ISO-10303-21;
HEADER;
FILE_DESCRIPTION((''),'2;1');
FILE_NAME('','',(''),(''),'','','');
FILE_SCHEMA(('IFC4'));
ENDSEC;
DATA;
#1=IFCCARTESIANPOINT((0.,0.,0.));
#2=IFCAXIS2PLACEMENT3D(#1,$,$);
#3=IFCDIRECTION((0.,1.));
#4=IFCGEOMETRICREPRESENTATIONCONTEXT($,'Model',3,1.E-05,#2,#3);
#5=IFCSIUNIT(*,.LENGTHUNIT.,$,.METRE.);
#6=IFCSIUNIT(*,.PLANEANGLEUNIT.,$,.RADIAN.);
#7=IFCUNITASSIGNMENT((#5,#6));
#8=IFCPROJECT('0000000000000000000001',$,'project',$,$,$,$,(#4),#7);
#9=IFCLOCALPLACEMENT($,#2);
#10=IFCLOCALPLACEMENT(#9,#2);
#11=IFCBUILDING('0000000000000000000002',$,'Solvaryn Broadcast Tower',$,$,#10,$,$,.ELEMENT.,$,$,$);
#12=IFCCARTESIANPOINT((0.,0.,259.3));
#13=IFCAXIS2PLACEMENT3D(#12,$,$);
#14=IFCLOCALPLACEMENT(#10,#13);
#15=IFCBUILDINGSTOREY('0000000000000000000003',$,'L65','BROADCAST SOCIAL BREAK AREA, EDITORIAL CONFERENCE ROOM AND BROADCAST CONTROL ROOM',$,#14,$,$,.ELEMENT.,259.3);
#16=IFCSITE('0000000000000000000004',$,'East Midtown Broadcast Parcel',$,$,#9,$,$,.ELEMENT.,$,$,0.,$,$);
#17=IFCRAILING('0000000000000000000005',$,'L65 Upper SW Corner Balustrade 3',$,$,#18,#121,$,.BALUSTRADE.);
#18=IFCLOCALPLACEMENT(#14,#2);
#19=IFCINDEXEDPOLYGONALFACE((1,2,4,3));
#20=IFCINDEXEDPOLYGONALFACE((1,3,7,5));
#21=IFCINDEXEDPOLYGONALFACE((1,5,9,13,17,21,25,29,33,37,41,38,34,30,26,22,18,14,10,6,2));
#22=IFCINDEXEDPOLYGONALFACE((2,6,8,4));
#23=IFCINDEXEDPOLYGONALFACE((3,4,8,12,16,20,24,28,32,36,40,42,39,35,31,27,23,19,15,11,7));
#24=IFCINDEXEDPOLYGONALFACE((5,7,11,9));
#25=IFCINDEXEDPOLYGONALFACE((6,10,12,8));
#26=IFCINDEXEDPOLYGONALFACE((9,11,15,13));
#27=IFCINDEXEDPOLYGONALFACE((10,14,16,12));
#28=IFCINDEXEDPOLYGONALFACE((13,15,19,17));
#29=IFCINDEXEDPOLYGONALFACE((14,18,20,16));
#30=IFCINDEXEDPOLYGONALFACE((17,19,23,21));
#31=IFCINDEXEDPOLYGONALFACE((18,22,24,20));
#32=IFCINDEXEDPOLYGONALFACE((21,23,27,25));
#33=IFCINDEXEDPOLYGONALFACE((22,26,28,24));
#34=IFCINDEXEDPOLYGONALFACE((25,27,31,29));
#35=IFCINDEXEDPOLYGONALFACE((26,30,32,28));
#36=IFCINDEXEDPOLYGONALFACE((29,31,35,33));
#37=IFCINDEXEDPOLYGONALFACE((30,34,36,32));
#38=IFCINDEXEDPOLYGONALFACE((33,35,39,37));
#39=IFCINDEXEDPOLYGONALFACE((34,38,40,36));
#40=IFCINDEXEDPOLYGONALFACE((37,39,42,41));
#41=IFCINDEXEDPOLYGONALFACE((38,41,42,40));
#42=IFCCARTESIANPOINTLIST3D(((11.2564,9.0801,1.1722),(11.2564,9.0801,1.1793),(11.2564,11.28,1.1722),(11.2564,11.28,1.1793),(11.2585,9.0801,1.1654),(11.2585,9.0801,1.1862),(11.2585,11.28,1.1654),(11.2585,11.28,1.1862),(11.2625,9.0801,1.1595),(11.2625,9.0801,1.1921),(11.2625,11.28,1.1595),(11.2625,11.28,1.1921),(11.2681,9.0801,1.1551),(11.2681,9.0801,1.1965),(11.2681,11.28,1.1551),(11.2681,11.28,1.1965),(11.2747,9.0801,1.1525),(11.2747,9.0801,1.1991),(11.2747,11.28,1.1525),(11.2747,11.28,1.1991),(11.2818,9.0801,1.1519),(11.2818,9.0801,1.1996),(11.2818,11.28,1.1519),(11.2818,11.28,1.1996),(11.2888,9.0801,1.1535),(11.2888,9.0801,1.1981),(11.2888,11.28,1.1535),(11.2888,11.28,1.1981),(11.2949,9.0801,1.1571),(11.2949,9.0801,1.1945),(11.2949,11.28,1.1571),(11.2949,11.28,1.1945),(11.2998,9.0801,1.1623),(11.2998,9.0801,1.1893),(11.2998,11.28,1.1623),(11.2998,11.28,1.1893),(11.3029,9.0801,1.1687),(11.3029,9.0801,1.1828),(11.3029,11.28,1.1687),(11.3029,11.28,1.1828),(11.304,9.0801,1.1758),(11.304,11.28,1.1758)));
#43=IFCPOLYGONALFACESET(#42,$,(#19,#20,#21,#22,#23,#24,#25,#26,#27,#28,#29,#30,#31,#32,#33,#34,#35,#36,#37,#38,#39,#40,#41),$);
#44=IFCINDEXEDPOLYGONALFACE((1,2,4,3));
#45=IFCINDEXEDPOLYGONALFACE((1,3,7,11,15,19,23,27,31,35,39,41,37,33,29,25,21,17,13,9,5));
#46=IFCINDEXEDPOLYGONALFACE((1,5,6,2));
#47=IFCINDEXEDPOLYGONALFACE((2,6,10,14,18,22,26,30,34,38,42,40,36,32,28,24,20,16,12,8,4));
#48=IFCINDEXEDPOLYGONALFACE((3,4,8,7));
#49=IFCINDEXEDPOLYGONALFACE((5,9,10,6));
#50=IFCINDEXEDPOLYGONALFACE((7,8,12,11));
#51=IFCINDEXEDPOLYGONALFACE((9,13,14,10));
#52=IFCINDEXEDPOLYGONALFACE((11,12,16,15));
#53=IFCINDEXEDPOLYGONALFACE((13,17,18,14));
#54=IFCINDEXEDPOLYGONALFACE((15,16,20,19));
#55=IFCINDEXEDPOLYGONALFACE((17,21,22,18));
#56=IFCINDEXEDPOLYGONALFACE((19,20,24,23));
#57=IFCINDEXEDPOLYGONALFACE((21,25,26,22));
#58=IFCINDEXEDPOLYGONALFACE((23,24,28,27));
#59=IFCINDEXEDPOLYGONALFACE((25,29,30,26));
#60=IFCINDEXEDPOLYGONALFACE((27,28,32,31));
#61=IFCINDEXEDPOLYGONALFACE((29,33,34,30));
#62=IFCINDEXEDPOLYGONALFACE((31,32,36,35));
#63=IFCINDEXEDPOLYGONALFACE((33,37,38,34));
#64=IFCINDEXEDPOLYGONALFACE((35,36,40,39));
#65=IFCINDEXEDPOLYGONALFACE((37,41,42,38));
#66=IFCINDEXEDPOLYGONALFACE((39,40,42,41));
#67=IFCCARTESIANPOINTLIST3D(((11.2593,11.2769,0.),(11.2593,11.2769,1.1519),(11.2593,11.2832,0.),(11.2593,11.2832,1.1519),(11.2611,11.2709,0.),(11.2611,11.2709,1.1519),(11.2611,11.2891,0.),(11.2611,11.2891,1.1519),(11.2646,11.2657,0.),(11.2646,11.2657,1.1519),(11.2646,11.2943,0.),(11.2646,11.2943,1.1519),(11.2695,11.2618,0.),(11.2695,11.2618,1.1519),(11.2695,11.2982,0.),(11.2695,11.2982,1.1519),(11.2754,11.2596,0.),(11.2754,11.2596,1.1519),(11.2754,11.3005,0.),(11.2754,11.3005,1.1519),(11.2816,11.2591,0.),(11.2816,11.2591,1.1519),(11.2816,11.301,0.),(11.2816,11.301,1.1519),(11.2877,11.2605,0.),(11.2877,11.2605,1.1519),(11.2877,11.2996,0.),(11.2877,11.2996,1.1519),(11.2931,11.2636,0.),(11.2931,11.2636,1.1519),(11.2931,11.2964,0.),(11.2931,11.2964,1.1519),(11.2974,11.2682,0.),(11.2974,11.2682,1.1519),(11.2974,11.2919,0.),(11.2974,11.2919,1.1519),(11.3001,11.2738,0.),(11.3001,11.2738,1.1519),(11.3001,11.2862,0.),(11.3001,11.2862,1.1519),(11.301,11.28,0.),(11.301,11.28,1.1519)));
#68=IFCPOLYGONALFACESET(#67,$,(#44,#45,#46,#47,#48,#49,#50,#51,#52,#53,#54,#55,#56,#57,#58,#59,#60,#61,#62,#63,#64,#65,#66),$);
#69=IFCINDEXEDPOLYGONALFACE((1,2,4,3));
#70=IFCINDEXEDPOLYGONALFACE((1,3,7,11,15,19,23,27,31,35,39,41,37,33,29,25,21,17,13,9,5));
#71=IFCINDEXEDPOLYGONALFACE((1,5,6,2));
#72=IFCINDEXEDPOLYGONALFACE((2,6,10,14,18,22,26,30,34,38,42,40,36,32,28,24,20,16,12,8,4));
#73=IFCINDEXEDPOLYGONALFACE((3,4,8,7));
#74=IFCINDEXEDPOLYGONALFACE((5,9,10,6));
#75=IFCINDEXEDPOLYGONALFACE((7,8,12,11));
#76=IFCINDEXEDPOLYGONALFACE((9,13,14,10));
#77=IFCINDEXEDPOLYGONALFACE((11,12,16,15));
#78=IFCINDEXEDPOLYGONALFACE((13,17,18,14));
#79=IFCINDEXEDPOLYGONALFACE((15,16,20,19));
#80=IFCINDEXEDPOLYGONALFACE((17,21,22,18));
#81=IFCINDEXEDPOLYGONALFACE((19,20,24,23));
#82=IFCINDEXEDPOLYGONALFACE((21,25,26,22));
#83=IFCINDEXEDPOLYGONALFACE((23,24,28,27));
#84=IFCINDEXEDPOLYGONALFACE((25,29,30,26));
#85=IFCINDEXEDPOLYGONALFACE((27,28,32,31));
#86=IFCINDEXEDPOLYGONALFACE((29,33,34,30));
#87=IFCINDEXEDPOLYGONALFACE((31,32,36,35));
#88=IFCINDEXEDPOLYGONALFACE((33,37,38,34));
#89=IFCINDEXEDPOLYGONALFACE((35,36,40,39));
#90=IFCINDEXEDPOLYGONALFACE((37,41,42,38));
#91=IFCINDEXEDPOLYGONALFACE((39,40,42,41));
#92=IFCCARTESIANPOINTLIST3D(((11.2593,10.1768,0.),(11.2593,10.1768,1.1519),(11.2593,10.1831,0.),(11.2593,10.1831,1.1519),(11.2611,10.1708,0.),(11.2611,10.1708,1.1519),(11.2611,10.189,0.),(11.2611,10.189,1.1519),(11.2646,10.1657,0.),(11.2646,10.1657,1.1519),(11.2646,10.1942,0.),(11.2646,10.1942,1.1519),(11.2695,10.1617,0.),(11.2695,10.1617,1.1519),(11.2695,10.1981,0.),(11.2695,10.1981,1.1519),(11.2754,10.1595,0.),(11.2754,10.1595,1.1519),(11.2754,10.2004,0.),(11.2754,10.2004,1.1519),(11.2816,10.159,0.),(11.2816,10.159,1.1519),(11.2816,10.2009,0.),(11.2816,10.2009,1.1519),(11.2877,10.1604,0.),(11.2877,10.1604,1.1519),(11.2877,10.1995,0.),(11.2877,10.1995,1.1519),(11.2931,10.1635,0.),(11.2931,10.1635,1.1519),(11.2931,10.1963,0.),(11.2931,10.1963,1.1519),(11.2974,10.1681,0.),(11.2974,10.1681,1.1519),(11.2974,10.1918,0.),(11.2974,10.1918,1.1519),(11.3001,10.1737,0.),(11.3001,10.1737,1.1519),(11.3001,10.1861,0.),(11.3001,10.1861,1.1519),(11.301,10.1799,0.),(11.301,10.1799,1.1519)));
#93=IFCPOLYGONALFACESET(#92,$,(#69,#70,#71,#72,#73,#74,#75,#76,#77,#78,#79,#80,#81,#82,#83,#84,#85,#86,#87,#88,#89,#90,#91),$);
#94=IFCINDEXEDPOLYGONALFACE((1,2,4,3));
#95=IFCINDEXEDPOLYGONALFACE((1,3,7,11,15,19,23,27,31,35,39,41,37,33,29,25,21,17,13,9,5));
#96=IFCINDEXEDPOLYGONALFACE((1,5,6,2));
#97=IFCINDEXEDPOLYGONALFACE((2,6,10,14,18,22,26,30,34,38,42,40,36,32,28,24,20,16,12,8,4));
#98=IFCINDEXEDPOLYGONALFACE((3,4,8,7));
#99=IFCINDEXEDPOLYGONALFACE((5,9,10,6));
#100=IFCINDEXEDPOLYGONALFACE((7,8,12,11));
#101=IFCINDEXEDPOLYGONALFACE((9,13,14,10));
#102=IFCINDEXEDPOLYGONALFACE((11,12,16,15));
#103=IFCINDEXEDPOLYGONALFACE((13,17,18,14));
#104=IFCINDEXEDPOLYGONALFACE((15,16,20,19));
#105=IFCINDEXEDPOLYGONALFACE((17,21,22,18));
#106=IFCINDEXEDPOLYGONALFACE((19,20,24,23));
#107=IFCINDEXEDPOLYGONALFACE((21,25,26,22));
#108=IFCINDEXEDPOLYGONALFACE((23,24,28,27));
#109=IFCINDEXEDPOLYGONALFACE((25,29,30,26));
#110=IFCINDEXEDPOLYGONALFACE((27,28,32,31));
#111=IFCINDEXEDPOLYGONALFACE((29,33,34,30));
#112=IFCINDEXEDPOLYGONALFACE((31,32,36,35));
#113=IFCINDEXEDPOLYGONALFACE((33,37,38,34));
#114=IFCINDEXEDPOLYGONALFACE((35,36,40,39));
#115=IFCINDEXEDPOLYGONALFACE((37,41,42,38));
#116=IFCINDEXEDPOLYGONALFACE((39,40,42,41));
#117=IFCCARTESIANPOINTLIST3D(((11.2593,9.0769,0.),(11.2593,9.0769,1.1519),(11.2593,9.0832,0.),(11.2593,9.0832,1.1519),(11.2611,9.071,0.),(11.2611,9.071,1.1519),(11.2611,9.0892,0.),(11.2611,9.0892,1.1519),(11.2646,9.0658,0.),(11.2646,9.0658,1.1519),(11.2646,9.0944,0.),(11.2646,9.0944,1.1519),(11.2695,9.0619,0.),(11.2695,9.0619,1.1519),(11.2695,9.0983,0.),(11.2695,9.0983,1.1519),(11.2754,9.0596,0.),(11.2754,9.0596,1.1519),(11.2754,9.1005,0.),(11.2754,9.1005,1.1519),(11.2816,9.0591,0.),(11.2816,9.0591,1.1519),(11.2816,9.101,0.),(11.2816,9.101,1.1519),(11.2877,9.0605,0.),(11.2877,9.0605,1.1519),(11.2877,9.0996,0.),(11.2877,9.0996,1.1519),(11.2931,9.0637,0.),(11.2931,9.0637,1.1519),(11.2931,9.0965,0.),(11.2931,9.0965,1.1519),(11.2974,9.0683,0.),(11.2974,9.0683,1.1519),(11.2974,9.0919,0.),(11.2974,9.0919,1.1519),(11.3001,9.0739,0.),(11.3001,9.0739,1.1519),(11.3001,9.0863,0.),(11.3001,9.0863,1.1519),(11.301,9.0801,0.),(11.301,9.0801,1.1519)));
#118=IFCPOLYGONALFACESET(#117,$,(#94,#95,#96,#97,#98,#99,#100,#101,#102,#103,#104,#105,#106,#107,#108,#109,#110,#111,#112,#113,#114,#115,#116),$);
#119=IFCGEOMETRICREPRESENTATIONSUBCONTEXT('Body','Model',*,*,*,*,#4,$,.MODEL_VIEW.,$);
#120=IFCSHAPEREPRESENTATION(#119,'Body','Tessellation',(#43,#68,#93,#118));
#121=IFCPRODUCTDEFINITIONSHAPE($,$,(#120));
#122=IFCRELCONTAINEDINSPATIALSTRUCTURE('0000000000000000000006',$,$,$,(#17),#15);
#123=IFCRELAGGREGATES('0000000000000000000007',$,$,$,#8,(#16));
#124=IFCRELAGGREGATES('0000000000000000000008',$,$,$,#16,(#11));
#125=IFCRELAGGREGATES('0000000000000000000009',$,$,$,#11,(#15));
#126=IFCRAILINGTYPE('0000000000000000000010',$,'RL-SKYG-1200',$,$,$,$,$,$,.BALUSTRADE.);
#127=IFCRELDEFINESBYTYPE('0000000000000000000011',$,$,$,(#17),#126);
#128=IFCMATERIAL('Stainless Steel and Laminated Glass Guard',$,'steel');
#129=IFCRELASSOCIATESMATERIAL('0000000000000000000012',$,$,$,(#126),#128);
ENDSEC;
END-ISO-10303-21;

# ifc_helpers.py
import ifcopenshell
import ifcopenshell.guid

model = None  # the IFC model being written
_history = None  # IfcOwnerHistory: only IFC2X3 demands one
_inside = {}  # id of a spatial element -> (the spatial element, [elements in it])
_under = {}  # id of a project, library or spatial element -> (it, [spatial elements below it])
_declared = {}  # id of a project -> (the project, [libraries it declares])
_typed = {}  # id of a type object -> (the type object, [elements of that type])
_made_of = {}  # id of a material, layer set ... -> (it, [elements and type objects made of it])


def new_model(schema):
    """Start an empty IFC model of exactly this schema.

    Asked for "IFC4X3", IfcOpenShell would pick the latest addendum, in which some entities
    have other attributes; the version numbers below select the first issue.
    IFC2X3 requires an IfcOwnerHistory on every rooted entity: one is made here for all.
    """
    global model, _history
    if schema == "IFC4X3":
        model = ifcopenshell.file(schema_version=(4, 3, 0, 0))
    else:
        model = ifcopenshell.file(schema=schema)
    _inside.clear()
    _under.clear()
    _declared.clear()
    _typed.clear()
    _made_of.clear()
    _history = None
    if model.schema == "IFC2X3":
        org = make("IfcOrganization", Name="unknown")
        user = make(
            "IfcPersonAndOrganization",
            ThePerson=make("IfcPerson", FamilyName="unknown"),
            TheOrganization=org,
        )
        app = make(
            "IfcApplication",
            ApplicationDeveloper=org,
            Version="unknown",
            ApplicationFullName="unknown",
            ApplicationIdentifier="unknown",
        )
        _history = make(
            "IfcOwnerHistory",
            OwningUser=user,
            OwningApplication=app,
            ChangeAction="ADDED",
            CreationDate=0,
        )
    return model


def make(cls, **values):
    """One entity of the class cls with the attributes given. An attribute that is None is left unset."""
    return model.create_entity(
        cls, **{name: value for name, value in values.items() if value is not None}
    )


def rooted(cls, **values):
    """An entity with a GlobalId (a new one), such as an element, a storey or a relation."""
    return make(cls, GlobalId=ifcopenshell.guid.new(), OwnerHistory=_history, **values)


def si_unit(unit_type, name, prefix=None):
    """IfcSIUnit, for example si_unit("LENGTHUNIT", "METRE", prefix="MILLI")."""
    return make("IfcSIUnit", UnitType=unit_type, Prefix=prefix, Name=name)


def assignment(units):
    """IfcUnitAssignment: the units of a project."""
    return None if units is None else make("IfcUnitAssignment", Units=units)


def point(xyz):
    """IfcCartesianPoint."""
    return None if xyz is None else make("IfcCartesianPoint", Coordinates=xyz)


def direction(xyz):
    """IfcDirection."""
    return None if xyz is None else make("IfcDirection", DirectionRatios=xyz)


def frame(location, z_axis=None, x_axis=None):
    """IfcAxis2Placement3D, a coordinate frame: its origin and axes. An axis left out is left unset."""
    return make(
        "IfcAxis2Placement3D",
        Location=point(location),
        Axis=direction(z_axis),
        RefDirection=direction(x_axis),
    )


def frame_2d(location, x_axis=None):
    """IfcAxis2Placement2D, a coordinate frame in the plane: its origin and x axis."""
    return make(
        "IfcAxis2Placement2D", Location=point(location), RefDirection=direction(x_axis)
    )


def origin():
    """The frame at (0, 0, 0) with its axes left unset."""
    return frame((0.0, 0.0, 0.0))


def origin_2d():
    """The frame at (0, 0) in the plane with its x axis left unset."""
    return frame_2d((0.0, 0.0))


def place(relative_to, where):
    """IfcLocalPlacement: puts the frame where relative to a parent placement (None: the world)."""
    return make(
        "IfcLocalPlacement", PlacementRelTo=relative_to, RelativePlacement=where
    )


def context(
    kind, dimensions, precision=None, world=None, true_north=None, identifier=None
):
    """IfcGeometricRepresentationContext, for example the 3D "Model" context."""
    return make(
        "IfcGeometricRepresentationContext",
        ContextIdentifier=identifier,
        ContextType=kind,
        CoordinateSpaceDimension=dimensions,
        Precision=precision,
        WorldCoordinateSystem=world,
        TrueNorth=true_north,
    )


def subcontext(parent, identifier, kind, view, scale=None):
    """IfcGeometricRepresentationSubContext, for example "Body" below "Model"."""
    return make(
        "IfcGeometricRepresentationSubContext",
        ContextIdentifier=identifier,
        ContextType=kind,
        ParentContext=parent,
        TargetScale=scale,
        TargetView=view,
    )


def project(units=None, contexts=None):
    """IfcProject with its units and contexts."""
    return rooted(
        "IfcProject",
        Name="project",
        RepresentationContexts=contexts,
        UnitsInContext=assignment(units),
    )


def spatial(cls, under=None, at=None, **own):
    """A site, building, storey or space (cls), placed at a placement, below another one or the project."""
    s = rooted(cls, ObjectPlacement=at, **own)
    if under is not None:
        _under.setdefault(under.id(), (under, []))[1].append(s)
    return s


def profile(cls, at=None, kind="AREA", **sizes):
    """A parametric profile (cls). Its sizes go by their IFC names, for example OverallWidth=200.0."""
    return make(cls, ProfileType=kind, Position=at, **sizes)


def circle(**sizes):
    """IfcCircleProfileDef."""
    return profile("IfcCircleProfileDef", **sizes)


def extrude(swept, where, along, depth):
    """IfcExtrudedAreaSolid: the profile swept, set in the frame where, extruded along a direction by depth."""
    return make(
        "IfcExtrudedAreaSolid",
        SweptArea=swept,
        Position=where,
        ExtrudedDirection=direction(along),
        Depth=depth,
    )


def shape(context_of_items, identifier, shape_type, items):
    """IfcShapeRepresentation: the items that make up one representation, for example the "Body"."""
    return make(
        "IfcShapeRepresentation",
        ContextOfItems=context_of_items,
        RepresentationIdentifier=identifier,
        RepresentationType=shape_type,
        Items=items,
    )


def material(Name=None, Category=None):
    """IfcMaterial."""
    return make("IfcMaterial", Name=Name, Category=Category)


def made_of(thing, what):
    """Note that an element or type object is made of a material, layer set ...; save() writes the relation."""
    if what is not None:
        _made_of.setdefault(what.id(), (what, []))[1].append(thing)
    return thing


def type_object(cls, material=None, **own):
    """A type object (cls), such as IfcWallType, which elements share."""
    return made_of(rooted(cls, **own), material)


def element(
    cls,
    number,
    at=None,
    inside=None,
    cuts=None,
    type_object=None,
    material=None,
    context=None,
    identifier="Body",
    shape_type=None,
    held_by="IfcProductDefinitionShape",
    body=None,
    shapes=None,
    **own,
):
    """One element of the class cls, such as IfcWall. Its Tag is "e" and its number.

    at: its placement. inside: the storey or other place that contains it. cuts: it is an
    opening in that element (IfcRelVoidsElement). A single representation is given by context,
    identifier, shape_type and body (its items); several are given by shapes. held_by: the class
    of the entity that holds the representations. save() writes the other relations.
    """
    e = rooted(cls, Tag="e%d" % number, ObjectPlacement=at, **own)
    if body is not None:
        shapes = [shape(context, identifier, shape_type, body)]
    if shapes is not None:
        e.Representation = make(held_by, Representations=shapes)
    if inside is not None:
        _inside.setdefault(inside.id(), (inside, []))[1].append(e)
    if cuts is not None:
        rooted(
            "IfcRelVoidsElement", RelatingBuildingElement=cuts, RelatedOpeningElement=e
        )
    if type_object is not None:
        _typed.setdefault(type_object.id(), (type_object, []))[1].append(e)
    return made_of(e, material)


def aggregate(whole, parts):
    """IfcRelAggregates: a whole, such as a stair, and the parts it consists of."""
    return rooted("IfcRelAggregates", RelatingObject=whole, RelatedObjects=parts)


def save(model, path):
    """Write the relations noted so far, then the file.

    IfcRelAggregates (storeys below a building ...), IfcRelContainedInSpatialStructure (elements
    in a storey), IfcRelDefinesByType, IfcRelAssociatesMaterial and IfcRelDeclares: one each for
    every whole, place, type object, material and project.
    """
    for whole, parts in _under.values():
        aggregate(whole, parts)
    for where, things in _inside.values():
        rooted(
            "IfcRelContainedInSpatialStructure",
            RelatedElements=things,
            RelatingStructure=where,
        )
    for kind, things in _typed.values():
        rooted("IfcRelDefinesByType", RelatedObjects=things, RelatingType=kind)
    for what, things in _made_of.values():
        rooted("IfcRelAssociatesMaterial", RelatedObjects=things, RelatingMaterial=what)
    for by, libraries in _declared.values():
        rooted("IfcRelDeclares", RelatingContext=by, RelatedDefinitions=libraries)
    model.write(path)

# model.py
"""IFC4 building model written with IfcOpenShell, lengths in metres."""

from ifc_helpers import new_model, si_unit, direction, frame, origin, origin_2d, place, context, subcontext, project, spatial, circle, extrude, material, type_object, element, save


model = new_model("IFC4")

# Units and contexts
model_context = context("Model", 3, precision=1e-05, world=origin(), true_north=direction((0.0, 1.0)))
body_context = subcontext(model_context, "Body", "Model", "MODEL_VIEW")
ifc_project = project(units=[si_unit("LENGTHUNIT", "METRE"), si_unit("PLANEANGLEUNIT", "RADIAN")], contexts=[model_context])

# Site, building, storey
site_placement = place(None, origin())
site = spatial("IfcSite", under=ifc_project, at=site_placement, Name="East Midtown Broadcast Parcel", CompositionType="ELEMENT", RefElevation=0.0)
building_placement = place(site_placement, origin())
building = spatial("IfcBuilding", under=site, at=building_placement, Name="Solvaryn Broadcast Tower", CompositionType="ELEMENT")
storey_placement = place(building_placement, frame((0.0, 0.0, 259.3)))
storey = spatial("IfcBuildingStorey", under=building, at=storey_placement, Name="L65", Description="BROADCAST SOCIAL BREAK AREA, EDITORIAL CONFERENCE ROOM AND BROADCAST CONTROL ROOM", CompositionType="ELEMENT", Elevation=259.3)

# Railing
ifc_material_1 = material(Name="Stainless Steel and Laminated Glass Guard", Category="steel")
railing_type = type_object("IfcRailingType", Name="RL-SKYG-1200", PredefinedType="BALUSTRADE", material=ifc_material_1)
railing_1_placement = place(storey_placement, frame((11.28, 11.28, 0.0)))
element("IfcRailing", 1, at=railing_1_placement, inside=storey, type_object=railing_type, Name="L65 Upper SW Corner Balustrade 3", PredefinedType="BALUSTRADE", context=body_context, shape_type="SweptSolid", body=[
    extrude(circle(Radius=0.0239, at=origin_2d()), frame((0.0, 0.0, 1.1758), z_axis=(0.0, -1.0, 0.0), x_axis=(1.0, 0.0, 0.0)), (0.0, 0.0, 1.0), 2.2),
    extrude(circle(Radius=0.021, at=origin_2d()), origin(), (0.0, 0.0, 1.0), 1.1519),
    extrude(circle(Radius=0.021, at=origin_2d()), frame((0.0, -1.1001, 0.0)), (0.0, 0.0, 1.0), 1.1519),
    extrude(circle(Radius=0.021, at=origin_2d()), frame((0.0, -2.2, 0.0)), (0.0, 0.0, 1.0), 1.1519),
])

save(model, "model.ifc")
